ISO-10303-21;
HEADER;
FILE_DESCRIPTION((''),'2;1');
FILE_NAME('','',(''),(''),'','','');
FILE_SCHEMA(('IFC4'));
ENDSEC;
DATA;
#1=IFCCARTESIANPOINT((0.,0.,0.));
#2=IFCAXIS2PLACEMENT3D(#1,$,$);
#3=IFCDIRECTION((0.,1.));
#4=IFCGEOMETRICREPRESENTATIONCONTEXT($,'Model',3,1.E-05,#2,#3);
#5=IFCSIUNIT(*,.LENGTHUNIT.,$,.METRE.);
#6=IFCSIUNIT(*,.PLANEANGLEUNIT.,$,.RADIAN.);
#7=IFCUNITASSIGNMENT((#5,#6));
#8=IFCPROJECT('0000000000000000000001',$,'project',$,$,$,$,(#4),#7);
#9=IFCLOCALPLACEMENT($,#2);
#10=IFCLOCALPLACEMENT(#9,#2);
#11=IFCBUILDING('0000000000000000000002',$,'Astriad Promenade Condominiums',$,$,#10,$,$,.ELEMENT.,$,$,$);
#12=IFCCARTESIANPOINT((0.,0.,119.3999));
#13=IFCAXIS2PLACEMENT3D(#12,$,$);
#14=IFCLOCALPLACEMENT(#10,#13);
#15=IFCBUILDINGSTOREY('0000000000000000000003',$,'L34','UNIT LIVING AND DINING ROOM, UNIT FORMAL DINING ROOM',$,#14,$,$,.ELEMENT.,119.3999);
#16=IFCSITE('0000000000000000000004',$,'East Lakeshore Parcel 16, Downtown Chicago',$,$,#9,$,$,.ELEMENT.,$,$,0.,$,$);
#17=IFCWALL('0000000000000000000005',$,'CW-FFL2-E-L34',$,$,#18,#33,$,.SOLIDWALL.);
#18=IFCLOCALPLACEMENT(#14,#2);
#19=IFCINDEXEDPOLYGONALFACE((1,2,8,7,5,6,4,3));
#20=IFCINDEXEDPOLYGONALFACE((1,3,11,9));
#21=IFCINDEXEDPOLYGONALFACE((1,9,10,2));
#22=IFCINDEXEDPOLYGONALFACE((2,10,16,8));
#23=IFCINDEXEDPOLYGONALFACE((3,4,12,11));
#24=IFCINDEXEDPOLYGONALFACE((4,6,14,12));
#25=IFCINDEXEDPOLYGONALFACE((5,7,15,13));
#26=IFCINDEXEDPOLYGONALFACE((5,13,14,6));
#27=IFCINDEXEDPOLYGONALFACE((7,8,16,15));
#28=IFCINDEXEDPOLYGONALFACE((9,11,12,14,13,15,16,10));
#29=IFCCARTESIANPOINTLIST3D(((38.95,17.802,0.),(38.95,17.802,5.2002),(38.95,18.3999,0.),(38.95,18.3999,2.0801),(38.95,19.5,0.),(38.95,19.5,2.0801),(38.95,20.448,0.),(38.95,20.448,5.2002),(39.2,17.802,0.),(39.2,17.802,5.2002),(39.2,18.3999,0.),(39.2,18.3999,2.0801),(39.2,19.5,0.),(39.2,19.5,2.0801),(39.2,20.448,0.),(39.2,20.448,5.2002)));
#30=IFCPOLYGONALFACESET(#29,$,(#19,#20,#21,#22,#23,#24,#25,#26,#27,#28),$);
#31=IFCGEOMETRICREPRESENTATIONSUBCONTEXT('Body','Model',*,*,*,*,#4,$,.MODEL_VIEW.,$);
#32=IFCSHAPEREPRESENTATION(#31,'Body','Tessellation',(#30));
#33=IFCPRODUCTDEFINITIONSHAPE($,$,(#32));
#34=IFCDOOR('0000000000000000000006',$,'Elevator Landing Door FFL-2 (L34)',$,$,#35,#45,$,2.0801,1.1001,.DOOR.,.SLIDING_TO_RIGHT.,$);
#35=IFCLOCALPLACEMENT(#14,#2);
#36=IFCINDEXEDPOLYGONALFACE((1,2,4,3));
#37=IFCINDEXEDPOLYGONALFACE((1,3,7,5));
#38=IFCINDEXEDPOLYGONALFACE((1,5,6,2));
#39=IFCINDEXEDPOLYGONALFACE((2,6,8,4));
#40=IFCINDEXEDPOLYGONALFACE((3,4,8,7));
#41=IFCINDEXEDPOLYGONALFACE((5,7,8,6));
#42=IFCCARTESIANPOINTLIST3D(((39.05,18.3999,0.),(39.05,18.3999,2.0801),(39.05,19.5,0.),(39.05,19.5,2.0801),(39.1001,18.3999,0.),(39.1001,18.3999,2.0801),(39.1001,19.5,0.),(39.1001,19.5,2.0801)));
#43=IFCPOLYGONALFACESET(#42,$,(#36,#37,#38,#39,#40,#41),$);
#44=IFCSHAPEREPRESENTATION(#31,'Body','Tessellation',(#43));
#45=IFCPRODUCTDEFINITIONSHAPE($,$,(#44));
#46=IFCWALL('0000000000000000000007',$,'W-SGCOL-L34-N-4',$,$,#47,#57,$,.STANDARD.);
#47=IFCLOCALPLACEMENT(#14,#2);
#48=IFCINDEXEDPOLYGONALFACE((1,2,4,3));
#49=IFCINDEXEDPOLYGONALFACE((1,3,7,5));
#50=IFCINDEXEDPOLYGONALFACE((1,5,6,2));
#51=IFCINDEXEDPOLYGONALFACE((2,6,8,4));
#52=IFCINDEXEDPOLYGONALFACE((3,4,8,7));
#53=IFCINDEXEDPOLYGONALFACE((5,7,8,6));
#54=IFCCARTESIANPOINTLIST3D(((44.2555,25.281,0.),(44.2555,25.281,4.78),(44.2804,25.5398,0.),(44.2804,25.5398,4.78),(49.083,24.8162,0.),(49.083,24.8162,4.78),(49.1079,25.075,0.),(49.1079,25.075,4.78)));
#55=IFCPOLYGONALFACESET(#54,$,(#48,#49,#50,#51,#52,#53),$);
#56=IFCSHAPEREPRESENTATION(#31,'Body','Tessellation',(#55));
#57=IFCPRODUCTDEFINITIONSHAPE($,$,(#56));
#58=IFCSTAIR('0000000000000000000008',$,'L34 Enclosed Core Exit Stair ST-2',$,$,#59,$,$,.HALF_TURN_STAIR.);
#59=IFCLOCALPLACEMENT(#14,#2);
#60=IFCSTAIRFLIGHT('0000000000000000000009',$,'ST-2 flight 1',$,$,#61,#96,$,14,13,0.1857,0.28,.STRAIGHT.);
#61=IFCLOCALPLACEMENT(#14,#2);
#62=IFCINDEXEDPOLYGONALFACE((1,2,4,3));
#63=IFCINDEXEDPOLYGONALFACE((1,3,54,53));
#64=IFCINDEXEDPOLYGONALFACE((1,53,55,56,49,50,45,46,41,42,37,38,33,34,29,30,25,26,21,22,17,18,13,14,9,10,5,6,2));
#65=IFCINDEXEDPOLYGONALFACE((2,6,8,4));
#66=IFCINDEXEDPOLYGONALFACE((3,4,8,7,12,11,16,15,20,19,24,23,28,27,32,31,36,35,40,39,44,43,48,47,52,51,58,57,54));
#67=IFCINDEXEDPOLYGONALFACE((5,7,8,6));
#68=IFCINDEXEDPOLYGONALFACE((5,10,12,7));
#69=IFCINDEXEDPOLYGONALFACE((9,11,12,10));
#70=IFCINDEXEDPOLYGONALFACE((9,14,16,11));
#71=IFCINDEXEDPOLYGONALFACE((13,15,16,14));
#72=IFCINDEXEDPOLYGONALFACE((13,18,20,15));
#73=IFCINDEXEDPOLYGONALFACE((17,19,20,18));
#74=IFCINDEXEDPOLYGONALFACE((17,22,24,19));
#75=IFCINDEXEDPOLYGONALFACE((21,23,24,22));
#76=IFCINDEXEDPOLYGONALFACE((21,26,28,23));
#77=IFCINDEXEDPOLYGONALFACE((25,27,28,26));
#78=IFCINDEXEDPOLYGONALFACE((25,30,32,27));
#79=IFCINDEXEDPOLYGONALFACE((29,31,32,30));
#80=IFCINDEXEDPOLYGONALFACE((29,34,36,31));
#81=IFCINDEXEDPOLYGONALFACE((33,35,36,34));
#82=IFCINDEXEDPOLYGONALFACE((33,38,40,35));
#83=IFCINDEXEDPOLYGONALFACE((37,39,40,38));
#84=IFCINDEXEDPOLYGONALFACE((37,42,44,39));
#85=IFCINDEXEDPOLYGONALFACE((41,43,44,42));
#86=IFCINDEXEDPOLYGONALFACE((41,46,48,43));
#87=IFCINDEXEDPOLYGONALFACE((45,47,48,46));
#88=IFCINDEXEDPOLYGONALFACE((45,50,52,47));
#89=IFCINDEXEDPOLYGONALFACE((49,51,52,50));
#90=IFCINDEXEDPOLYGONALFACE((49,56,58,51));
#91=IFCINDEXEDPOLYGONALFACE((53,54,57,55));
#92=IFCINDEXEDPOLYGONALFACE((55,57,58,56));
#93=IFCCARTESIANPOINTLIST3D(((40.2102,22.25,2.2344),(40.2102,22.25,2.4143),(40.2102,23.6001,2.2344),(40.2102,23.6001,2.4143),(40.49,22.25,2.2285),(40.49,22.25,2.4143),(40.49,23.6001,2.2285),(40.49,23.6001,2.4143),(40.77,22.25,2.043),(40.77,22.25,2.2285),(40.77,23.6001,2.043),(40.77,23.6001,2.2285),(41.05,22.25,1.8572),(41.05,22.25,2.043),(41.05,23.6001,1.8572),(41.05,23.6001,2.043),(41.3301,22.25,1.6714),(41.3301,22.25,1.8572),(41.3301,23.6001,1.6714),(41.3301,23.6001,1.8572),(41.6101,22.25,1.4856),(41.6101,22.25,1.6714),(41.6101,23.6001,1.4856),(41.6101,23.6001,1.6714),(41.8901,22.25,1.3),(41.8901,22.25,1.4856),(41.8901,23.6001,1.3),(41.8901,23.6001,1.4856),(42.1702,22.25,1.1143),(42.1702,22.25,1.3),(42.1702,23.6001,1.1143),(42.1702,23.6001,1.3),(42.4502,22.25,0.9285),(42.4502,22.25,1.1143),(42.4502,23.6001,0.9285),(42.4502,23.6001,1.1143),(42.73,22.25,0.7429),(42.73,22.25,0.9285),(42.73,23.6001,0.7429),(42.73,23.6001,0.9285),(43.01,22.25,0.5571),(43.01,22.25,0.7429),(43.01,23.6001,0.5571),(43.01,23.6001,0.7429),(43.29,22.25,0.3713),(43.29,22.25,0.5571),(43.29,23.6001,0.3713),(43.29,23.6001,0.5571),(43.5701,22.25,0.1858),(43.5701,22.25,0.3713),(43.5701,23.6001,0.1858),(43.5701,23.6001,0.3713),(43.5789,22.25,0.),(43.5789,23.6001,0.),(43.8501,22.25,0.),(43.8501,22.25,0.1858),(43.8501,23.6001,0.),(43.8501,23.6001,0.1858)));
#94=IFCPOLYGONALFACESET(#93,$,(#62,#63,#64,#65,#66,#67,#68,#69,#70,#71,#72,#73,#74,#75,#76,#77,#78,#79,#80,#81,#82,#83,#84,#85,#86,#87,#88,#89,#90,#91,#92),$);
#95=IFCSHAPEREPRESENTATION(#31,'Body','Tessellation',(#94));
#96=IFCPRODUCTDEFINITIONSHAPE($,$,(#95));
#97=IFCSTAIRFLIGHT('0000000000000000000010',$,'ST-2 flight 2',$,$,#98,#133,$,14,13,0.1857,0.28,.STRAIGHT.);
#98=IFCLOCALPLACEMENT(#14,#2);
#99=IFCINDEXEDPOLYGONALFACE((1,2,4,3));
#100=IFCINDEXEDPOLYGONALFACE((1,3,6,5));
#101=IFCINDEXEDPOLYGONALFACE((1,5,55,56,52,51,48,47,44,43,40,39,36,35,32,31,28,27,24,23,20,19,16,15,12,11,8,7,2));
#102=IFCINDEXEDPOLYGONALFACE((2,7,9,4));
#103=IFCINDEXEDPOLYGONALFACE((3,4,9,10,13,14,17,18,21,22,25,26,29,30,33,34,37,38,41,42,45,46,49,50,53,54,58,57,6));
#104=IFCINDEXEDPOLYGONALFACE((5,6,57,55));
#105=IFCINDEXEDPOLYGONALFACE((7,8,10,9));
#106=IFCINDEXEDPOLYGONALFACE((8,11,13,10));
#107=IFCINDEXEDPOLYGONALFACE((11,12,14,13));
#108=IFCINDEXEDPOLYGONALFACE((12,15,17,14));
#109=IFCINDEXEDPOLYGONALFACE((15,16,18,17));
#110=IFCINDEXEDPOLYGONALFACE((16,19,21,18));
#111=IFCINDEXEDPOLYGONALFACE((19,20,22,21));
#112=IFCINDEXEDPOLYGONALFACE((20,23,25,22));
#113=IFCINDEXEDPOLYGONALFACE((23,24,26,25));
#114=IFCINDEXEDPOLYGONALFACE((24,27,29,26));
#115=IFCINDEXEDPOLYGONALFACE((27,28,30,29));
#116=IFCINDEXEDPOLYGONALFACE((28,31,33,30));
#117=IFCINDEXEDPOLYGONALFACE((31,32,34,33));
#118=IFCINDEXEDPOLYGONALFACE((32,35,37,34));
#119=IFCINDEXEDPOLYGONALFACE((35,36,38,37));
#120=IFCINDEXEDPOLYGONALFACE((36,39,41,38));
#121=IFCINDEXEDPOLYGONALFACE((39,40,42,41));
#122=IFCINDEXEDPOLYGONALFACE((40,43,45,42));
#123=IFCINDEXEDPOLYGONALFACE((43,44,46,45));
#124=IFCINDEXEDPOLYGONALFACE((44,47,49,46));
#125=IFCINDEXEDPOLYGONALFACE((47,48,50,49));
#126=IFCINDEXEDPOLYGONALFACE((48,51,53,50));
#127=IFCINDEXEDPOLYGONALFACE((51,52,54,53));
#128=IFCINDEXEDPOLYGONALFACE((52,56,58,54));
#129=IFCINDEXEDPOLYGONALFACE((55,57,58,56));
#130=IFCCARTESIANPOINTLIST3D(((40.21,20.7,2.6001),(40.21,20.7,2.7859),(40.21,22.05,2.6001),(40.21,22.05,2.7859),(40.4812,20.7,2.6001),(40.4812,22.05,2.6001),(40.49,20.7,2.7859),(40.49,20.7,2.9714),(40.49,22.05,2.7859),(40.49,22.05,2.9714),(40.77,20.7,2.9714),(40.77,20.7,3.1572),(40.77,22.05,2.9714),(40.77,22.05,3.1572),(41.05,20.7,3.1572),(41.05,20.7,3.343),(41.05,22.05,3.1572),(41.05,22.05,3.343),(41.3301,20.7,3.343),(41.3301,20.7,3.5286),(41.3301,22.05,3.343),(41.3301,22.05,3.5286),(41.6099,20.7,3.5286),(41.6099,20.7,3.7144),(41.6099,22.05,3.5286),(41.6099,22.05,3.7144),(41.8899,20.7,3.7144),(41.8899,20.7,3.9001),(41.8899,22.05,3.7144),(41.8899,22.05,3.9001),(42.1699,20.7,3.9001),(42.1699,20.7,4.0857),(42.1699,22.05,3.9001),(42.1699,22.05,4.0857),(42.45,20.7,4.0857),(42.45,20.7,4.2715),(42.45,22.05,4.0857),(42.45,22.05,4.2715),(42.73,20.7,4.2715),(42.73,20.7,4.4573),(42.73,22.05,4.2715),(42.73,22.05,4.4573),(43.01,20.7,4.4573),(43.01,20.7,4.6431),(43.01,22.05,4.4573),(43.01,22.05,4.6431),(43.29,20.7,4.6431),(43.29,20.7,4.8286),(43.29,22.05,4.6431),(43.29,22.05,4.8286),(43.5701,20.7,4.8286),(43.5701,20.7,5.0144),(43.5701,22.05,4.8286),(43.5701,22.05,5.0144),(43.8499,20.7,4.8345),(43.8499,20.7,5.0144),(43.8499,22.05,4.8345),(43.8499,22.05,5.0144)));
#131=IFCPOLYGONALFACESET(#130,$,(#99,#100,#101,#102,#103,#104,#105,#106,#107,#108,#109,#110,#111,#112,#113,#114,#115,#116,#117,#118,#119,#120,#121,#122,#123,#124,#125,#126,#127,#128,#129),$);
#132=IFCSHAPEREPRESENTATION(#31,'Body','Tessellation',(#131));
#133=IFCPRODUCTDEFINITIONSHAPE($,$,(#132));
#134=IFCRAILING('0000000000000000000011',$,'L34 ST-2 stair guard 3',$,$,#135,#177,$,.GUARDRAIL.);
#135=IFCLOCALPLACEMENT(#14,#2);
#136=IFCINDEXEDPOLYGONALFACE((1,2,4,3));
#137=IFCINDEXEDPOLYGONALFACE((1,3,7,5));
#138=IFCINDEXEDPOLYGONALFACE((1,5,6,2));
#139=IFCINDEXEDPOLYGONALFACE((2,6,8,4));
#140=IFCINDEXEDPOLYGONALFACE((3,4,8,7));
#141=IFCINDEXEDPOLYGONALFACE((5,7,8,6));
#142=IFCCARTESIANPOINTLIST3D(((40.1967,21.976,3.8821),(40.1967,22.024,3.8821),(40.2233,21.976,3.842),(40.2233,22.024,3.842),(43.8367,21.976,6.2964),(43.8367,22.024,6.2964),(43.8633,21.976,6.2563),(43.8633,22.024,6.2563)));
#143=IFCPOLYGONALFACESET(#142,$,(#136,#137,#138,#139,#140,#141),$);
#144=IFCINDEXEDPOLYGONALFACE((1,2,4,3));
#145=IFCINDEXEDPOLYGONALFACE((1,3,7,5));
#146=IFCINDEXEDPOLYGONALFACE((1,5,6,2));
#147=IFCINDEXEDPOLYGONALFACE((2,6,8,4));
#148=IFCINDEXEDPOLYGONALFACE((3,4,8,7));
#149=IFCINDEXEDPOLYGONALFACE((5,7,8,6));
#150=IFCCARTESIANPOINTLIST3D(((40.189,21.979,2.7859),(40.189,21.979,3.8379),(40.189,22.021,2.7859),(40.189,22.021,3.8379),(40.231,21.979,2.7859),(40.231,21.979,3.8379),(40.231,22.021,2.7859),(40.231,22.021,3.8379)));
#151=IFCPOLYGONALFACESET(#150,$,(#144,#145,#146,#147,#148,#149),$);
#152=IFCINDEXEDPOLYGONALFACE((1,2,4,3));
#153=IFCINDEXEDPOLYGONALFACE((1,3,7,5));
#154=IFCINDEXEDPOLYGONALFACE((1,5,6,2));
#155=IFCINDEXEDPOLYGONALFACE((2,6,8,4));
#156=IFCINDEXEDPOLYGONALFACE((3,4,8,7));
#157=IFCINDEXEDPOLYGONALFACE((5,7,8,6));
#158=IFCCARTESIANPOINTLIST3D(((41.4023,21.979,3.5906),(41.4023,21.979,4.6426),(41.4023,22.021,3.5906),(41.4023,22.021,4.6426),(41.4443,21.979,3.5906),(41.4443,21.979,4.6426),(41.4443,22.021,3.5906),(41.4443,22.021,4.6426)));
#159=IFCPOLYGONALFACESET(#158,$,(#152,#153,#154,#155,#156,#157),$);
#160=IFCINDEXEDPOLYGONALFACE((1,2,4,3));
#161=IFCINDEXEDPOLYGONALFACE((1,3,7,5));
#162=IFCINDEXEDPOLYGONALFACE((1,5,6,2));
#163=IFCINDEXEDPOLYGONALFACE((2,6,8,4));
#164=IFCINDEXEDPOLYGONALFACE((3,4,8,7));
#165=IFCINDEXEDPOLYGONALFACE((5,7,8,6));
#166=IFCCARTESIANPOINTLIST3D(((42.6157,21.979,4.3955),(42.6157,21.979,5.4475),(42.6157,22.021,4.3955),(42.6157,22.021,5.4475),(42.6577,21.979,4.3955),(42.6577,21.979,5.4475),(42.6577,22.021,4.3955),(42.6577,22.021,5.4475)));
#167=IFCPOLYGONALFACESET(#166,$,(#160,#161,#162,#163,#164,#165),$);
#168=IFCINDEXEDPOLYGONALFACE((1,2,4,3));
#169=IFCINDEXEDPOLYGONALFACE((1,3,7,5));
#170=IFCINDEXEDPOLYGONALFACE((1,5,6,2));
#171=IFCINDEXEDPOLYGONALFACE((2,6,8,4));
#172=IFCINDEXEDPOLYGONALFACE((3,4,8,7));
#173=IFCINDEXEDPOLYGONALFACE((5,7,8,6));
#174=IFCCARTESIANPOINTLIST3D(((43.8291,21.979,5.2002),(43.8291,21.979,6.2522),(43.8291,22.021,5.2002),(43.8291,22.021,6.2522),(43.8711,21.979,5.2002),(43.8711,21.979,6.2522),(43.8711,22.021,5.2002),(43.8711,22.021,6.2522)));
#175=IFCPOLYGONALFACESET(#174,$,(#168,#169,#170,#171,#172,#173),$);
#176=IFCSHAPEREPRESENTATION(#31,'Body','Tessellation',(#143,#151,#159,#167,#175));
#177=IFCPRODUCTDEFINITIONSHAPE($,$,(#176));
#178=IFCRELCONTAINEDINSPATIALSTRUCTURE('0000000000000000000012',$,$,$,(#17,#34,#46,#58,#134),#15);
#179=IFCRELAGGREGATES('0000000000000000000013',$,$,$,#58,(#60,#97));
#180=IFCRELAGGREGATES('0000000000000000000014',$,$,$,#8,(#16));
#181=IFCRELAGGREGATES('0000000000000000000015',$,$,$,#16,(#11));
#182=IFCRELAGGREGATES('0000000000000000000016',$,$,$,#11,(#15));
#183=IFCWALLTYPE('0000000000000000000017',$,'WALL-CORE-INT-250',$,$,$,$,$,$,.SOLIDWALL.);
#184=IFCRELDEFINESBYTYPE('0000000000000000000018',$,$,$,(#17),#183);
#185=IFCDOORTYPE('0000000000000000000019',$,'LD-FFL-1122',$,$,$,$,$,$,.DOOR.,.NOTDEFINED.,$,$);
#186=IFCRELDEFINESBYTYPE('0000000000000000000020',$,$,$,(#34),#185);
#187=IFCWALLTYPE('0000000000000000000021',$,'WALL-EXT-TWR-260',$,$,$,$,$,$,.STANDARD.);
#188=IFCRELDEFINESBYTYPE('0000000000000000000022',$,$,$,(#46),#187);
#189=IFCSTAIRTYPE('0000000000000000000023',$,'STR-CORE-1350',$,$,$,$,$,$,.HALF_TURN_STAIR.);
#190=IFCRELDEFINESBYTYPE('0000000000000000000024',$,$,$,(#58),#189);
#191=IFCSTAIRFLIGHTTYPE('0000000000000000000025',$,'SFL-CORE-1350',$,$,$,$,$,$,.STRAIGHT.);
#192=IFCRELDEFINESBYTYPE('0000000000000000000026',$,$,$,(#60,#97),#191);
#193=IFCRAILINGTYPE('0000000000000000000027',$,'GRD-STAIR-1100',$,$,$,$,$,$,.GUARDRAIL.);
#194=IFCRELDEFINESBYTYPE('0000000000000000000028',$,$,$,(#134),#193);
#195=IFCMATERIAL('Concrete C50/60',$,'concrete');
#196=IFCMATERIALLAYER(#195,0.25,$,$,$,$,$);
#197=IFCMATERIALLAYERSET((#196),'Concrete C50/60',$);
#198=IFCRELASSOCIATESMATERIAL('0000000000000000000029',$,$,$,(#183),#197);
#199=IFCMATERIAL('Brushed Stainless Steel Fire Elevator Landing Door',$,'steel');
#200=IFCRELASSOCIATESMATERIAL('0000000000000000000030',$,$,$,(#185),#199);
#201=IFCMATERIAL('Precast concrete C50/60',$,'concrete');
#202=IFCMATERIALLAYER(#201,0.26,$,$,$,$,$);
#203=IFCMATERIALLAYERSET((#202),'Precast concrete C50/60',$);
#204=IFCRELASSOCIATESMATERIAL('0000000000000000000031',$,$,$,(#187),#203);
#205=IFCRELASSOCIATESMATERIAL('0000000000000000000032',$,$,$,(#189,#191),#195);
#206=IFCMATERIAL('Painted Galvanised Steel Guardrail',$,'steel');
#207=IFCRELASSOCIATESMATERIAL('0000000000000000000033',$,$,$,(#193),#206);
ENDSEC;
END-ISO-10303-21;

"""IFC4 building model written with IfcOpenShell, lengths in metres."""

from ifc_helpers import new_model, si_unit, direction, frame, frame_2d, origin, origin_2d, place, context, subcontext, project, spatial, polyline, rectangle, outline, extrude, source, transform, mapped, material, layer, layer_set, type_object, type_shapes, element, fill, aggregate, save


model = new_model("IFC4")

# Units and contexts
model_context = context("Model", 3, precision=1e-05, world=origin(), true_north=direction((0.0, 1.0)))
body_context = subcontext(model_context, "Body", "Model", "MODEL_VIEW")
ifc_project = project(units=[si_unit("LENGTHUNIT", "METRE"), si_unit("PLANEANGLEUNIT", "RADIAN")], contexts=[model_context])

# Site, building, storey
site_placement = place(None, origin())
site = spatial("IfcSite", under=ifc_project, at=site_placement, Name="East Lakeshore Parcel 16, Downtown Chicago", CompositionType="ELEMENT", RefElevation=0.0)
building_placement = place(site_placement, origin())
building = spatial("IfcBuilding", under=site, at=building_placement, Name="Astriad Promenade Condominiums", CompositionType="ELEMENT")
storey_placement = place(building_placement, frame((0.0, 0.0, 119.3999)))
storey = spatial("IfcBuildingStorey", under=building, at=storey_placement, Name="L34", Description="UNIT LIVING AND DINING ROOM, UNIT FORMAL DINING ROOM", CompositionType="ELEMENT", Elevation=119.3999)

# Wall, opening, door
ifc_material_1 = material(Name="Concrete C50/60", Category="concrete")
ifc_layer_1 = layer(ifc_material_1, 0.25)
ifc_layer_set_1 = layer_set([ifc_layer_1], Name="Concrete C50/60")
wall_type_1 = type_object("IfcWallType", Name="WALL-CORE-INT-250", PredefinedType="SOLIDWALL", material=ifc_layer_set_1)
wall_1_placement = place(storey_placement, frame((39.075, 17.802, 0.0), z_axis=(0.0, 0.0, 1.0), x_axis=(0.0, 1.0, 0.0)))
wall_1 = element("IfcWall", 1, at=wall_1_placement, inside=storey, type_object=wall_type_1, Name="CW-FFL2-E-L34", PredefinedType="SOLIDWALL", context=body_context, shape_type="SweptSolid", body=[
    extrude(rectangle(XDim=2.646, YDim=0.25, at=frame_2d((1.323, 0.0))), origin(), (0.0, 0.0, 1.0), 5.2002),
])
opening_placement = place(wall_1_placement, frame((0.5979, 0.0, 0.0)))
opening = element("IfcOpeningElement", 2, at=opening_placement, cuts=wall_1, PredefinedType="OPENING", context=body_context, shape_type="SweptSolid", body=[
    extrude(rectangle(XDim=1.1001, YDim=2.0801, at=frame_2d((0.55, 1.04))), frame((0.0, 0.135, 0.0), z_axis=(0.0, -1.0, 0.0), x_axis=(1.0, 0.0, 0.0)), (0.0, 0.0, 1.0), 0.27),
])
ifc_material_2 = material(Name="Brushed Stainless Steel Fire Elevator Landing Door", Category="steel")
door_type = type_object("IfcDoorType", Name="LD-FFL-1122", OperationType="NOTDEFINED", PredefinedType="DOOR", material=ifc_material_2)
shared_shape_1 = source(origin(), body_context, "Body", "SweptSolid", [
    extrude(rectangle(XDim=1.1001, YDim=2.0801, at=frame_2d((0.55, 1.04))), frame((0.0, 0.0249, 0.0), z_axis=(0.0, -1.0, 0.0), x_axis=(1.0, 0.0, 0.0)), (0.0, 0.0, 1.0), 0.05),
])
type_shapes(door_type, [shared_shape_1])
door_placement = place(opening_placement, origin())
door = element("IfcDoor", 3, at=door_placement, inside=storey, type_object=door_type, Name="Elevator Landing Door FFL-2 (L34)", OperationType="SLIDING_TO_RIGHT", OverallHeight=2.0801, OverallWidth=1.1001, PredefinedType="DOOR", context=body_context, shape_type="MappedRepresentation", body=[
    mapped(shared_shape_1, transform((0.0, 0.0, 0.0), scale=1.0)),
])
fill(opening, door)

# Wall
ifc_material_3 = material(Name="Precast concrete C50/60", Category="concrete")
ifc_layer_2 = layer(ifc_material_3, 0.26)
ifc_layer_set_2 = layer_set([ifc_layer_2], Name="Precast concrete C50/60")
wall_type_2 = type_object("IfcWallType", Name="WALL-EXT-TWR-260", PredefinedType="STANDARD", material=ifc_layer_set_2)
wall_2_placement = place(storey_placement, frame((44.2681, 25.4104, 0.0), z_axis=(0.0, 0.0, 1.0), x_axis=(0.995396, -0.095845, 0.0)))
element("IfcWall", 4, at=wall_2_placement, inside=storey, type_object=wall_type_2, Name="W-SGCOL-L34-N-4", PredefinedType="STANDARD", context=body_context, shape_type="SweptSolid", body=[
    extrude(rectangle(XDim=4.8499, YDim=0.26, at=frame_2d((2.4248, 0.0))), origin(), (0.0, 0.0, 1.0), 4.78),
])

# Stair, stair flights
stair_type = type_object("IfcStairType", Name="STR-CORE-1350", PredefinedType="HALF_TURN_STAIR", material=ifc_material_1)
stair_placement = place(storey_placement, origin())
stair = element("IfcStair", 5, at=stair_placement, inside=storey, type_object=stair_type, Name="L34 Enclosed Core Exit Stair ST-2", PredefinedType="HALF_TURN_STAIR")
stair_flight_type = type_object("IfcStairFlightType", Name="SFL-CORE-1350", PredefinedType="STRAIGHT", material=ifc_material_1)
shared_shape_2 = source(origin(), body_context, "Body", "SweptSolid", [
    extrude(outline(polyline([(0.0, 0.0), (0.0, 0.1858), (0.28, 0.1858), (0.28, 0.3713), (0.5601, 0.3713), (0.5601, 0.5571), (0.8401, 0.5571), (0.8401, 0.7429), (1.1201, 0.7429), (1.1201, 0.9285), (1.3999, 0.9285), (1.3999, 1.1143), (1.6799, 1.1143), (1.6799, 1.3), (1.96, 1.3), (1.96, 1.4856), (2.24, 1.4856), (2.24, 1.6714), (2.52, 1.6714), (2.52, 1.8572), (2.8, 1.8572), (2.8, 2.043), (3.0801, 2.043), (3.0801, 2.2285), (3.3601, 2.2285), (3.3601, 2.4143), (3.6399, 2.4143), (3.6399, 2.6001), (3.6399, 2.2344), (0.2712, 0.0), (0.0, 0.0)])), frame((0.0, 0.675, 0.0), z_axis=(0.0, -1.0, 0.0), x_axis=(1.0, 0.0, 0.0)), (0.0, 0.0, 1.0), 1.3501),
])
type_shapes(stair_flight_type, [shared_shape_2])
stair_flight_1_placement = place(storey_placement, frame((43.8501, 22.925, 0.0), z_axis=(0.0, 0.0, 1.0), x_axis=(-1.0, 0.0, 0.0)))
stair_flight_1 = element("IfcStairFlight", 6, at=stair_flight_1_placement, type_object=stair_flight_type, Name="ST-2 flight 1", NumberOfRisers=14, NumberOfTreads=13, PredefinedType="STRAIGHT", RiserHeight=0.1857, TreadLength=0.28, context=body_context, shape_type="MappedRepresentation", body=[
    mapped(shared_shape_2, transform((0.0, 0.0, 0.0), scale=1.0)),
])
stair_flight_2_placement = place(storey_placement, frame((40.21, 21.375, 2.6001), z_axis=(0.0, 0.0, 1.0), x_axis=(1.0, 0.0, 0.0)))
stair_flight_2 = element("IfcStairFlight", 7, at=stair_flight_2_placement, type_object=stair_flight_type, Name="ST-2 flight 2", NumberOfRisers=14, NumberOfTreads=13, PredefinedType="STRAIGHT", RiserHeight=0.1857, TreadLength=0.28, context=body_context, shape_type="MappedRepresentation", body=[
    mapped(shared_shape_2, transform((0.0, 0.0, 0.0), scale=1.0)),
])
aggregate(stair, [stair_flight_1, stair_flight_2])

# Railing
ifc_material_4 = material(Name="Painted Galvanised Steel Guardrail", Category="steel")
railing_type_1 = type_object("IfcRailingType", Name="GRD-STAIR-1100", PredefinedType="GUARDRAIL", material=ifc_material_4)
shared_shape_3 = source(origin(), body_context, "Body", "SweptSolid", [
    extrude(rectangle(XDim=0.0481, YDim=0.0481, at=origin_2d()), frame((0.0, 0.0, 1.0762), z_axis=(0.833364, 0.0, 0.552725), x_axis=(0.0, 1.0, 0.0)), (0.0, 0.0, 1.0), 4.3679),
    extrude(rectangle(XDim=0.042, YDim=0.042, at=origin_2d()), origin(), (0.0, 0.0, 1.0), 1.052),
    extrude(rectangle(XDim=0.042, YDim=0.042, at=origin_2d()), frame((1.2134, 0.0, 0.8047)), (0.0, 0.0, 1.0), 1.052),
    extrude(rectangle(XDim=0.042, YDim=0.042, at=origin_2d()), frame((2.4268, 0.0, 1.6096)), (0.0, 0.0, 1.0), 1.052),
    extrude(rectangle(XDim=0.042, YDim=0.042, at=origin_2d()), frame((3.6401, 0.0, 2.4143)), (0.0, 0.0, 1.0), 1.052),
])
railing_1_placement = place(storey_placement, frame((40.21, 22.0, 2.7859)))
element("IfcRailing", 8, at=railing_1_placement, inside=storey, type_object=railing_type_1, Name="L34 ST-2 stair guard 3", PredefinedType="GUARDRAIL", context=body_context, shape_type="MappedRepresentation", body=[
    mapped(shared_shape_3, transform((0.0, 0.0, 0.0), scale=1.0)),
])

save(model, "model.ifc")
